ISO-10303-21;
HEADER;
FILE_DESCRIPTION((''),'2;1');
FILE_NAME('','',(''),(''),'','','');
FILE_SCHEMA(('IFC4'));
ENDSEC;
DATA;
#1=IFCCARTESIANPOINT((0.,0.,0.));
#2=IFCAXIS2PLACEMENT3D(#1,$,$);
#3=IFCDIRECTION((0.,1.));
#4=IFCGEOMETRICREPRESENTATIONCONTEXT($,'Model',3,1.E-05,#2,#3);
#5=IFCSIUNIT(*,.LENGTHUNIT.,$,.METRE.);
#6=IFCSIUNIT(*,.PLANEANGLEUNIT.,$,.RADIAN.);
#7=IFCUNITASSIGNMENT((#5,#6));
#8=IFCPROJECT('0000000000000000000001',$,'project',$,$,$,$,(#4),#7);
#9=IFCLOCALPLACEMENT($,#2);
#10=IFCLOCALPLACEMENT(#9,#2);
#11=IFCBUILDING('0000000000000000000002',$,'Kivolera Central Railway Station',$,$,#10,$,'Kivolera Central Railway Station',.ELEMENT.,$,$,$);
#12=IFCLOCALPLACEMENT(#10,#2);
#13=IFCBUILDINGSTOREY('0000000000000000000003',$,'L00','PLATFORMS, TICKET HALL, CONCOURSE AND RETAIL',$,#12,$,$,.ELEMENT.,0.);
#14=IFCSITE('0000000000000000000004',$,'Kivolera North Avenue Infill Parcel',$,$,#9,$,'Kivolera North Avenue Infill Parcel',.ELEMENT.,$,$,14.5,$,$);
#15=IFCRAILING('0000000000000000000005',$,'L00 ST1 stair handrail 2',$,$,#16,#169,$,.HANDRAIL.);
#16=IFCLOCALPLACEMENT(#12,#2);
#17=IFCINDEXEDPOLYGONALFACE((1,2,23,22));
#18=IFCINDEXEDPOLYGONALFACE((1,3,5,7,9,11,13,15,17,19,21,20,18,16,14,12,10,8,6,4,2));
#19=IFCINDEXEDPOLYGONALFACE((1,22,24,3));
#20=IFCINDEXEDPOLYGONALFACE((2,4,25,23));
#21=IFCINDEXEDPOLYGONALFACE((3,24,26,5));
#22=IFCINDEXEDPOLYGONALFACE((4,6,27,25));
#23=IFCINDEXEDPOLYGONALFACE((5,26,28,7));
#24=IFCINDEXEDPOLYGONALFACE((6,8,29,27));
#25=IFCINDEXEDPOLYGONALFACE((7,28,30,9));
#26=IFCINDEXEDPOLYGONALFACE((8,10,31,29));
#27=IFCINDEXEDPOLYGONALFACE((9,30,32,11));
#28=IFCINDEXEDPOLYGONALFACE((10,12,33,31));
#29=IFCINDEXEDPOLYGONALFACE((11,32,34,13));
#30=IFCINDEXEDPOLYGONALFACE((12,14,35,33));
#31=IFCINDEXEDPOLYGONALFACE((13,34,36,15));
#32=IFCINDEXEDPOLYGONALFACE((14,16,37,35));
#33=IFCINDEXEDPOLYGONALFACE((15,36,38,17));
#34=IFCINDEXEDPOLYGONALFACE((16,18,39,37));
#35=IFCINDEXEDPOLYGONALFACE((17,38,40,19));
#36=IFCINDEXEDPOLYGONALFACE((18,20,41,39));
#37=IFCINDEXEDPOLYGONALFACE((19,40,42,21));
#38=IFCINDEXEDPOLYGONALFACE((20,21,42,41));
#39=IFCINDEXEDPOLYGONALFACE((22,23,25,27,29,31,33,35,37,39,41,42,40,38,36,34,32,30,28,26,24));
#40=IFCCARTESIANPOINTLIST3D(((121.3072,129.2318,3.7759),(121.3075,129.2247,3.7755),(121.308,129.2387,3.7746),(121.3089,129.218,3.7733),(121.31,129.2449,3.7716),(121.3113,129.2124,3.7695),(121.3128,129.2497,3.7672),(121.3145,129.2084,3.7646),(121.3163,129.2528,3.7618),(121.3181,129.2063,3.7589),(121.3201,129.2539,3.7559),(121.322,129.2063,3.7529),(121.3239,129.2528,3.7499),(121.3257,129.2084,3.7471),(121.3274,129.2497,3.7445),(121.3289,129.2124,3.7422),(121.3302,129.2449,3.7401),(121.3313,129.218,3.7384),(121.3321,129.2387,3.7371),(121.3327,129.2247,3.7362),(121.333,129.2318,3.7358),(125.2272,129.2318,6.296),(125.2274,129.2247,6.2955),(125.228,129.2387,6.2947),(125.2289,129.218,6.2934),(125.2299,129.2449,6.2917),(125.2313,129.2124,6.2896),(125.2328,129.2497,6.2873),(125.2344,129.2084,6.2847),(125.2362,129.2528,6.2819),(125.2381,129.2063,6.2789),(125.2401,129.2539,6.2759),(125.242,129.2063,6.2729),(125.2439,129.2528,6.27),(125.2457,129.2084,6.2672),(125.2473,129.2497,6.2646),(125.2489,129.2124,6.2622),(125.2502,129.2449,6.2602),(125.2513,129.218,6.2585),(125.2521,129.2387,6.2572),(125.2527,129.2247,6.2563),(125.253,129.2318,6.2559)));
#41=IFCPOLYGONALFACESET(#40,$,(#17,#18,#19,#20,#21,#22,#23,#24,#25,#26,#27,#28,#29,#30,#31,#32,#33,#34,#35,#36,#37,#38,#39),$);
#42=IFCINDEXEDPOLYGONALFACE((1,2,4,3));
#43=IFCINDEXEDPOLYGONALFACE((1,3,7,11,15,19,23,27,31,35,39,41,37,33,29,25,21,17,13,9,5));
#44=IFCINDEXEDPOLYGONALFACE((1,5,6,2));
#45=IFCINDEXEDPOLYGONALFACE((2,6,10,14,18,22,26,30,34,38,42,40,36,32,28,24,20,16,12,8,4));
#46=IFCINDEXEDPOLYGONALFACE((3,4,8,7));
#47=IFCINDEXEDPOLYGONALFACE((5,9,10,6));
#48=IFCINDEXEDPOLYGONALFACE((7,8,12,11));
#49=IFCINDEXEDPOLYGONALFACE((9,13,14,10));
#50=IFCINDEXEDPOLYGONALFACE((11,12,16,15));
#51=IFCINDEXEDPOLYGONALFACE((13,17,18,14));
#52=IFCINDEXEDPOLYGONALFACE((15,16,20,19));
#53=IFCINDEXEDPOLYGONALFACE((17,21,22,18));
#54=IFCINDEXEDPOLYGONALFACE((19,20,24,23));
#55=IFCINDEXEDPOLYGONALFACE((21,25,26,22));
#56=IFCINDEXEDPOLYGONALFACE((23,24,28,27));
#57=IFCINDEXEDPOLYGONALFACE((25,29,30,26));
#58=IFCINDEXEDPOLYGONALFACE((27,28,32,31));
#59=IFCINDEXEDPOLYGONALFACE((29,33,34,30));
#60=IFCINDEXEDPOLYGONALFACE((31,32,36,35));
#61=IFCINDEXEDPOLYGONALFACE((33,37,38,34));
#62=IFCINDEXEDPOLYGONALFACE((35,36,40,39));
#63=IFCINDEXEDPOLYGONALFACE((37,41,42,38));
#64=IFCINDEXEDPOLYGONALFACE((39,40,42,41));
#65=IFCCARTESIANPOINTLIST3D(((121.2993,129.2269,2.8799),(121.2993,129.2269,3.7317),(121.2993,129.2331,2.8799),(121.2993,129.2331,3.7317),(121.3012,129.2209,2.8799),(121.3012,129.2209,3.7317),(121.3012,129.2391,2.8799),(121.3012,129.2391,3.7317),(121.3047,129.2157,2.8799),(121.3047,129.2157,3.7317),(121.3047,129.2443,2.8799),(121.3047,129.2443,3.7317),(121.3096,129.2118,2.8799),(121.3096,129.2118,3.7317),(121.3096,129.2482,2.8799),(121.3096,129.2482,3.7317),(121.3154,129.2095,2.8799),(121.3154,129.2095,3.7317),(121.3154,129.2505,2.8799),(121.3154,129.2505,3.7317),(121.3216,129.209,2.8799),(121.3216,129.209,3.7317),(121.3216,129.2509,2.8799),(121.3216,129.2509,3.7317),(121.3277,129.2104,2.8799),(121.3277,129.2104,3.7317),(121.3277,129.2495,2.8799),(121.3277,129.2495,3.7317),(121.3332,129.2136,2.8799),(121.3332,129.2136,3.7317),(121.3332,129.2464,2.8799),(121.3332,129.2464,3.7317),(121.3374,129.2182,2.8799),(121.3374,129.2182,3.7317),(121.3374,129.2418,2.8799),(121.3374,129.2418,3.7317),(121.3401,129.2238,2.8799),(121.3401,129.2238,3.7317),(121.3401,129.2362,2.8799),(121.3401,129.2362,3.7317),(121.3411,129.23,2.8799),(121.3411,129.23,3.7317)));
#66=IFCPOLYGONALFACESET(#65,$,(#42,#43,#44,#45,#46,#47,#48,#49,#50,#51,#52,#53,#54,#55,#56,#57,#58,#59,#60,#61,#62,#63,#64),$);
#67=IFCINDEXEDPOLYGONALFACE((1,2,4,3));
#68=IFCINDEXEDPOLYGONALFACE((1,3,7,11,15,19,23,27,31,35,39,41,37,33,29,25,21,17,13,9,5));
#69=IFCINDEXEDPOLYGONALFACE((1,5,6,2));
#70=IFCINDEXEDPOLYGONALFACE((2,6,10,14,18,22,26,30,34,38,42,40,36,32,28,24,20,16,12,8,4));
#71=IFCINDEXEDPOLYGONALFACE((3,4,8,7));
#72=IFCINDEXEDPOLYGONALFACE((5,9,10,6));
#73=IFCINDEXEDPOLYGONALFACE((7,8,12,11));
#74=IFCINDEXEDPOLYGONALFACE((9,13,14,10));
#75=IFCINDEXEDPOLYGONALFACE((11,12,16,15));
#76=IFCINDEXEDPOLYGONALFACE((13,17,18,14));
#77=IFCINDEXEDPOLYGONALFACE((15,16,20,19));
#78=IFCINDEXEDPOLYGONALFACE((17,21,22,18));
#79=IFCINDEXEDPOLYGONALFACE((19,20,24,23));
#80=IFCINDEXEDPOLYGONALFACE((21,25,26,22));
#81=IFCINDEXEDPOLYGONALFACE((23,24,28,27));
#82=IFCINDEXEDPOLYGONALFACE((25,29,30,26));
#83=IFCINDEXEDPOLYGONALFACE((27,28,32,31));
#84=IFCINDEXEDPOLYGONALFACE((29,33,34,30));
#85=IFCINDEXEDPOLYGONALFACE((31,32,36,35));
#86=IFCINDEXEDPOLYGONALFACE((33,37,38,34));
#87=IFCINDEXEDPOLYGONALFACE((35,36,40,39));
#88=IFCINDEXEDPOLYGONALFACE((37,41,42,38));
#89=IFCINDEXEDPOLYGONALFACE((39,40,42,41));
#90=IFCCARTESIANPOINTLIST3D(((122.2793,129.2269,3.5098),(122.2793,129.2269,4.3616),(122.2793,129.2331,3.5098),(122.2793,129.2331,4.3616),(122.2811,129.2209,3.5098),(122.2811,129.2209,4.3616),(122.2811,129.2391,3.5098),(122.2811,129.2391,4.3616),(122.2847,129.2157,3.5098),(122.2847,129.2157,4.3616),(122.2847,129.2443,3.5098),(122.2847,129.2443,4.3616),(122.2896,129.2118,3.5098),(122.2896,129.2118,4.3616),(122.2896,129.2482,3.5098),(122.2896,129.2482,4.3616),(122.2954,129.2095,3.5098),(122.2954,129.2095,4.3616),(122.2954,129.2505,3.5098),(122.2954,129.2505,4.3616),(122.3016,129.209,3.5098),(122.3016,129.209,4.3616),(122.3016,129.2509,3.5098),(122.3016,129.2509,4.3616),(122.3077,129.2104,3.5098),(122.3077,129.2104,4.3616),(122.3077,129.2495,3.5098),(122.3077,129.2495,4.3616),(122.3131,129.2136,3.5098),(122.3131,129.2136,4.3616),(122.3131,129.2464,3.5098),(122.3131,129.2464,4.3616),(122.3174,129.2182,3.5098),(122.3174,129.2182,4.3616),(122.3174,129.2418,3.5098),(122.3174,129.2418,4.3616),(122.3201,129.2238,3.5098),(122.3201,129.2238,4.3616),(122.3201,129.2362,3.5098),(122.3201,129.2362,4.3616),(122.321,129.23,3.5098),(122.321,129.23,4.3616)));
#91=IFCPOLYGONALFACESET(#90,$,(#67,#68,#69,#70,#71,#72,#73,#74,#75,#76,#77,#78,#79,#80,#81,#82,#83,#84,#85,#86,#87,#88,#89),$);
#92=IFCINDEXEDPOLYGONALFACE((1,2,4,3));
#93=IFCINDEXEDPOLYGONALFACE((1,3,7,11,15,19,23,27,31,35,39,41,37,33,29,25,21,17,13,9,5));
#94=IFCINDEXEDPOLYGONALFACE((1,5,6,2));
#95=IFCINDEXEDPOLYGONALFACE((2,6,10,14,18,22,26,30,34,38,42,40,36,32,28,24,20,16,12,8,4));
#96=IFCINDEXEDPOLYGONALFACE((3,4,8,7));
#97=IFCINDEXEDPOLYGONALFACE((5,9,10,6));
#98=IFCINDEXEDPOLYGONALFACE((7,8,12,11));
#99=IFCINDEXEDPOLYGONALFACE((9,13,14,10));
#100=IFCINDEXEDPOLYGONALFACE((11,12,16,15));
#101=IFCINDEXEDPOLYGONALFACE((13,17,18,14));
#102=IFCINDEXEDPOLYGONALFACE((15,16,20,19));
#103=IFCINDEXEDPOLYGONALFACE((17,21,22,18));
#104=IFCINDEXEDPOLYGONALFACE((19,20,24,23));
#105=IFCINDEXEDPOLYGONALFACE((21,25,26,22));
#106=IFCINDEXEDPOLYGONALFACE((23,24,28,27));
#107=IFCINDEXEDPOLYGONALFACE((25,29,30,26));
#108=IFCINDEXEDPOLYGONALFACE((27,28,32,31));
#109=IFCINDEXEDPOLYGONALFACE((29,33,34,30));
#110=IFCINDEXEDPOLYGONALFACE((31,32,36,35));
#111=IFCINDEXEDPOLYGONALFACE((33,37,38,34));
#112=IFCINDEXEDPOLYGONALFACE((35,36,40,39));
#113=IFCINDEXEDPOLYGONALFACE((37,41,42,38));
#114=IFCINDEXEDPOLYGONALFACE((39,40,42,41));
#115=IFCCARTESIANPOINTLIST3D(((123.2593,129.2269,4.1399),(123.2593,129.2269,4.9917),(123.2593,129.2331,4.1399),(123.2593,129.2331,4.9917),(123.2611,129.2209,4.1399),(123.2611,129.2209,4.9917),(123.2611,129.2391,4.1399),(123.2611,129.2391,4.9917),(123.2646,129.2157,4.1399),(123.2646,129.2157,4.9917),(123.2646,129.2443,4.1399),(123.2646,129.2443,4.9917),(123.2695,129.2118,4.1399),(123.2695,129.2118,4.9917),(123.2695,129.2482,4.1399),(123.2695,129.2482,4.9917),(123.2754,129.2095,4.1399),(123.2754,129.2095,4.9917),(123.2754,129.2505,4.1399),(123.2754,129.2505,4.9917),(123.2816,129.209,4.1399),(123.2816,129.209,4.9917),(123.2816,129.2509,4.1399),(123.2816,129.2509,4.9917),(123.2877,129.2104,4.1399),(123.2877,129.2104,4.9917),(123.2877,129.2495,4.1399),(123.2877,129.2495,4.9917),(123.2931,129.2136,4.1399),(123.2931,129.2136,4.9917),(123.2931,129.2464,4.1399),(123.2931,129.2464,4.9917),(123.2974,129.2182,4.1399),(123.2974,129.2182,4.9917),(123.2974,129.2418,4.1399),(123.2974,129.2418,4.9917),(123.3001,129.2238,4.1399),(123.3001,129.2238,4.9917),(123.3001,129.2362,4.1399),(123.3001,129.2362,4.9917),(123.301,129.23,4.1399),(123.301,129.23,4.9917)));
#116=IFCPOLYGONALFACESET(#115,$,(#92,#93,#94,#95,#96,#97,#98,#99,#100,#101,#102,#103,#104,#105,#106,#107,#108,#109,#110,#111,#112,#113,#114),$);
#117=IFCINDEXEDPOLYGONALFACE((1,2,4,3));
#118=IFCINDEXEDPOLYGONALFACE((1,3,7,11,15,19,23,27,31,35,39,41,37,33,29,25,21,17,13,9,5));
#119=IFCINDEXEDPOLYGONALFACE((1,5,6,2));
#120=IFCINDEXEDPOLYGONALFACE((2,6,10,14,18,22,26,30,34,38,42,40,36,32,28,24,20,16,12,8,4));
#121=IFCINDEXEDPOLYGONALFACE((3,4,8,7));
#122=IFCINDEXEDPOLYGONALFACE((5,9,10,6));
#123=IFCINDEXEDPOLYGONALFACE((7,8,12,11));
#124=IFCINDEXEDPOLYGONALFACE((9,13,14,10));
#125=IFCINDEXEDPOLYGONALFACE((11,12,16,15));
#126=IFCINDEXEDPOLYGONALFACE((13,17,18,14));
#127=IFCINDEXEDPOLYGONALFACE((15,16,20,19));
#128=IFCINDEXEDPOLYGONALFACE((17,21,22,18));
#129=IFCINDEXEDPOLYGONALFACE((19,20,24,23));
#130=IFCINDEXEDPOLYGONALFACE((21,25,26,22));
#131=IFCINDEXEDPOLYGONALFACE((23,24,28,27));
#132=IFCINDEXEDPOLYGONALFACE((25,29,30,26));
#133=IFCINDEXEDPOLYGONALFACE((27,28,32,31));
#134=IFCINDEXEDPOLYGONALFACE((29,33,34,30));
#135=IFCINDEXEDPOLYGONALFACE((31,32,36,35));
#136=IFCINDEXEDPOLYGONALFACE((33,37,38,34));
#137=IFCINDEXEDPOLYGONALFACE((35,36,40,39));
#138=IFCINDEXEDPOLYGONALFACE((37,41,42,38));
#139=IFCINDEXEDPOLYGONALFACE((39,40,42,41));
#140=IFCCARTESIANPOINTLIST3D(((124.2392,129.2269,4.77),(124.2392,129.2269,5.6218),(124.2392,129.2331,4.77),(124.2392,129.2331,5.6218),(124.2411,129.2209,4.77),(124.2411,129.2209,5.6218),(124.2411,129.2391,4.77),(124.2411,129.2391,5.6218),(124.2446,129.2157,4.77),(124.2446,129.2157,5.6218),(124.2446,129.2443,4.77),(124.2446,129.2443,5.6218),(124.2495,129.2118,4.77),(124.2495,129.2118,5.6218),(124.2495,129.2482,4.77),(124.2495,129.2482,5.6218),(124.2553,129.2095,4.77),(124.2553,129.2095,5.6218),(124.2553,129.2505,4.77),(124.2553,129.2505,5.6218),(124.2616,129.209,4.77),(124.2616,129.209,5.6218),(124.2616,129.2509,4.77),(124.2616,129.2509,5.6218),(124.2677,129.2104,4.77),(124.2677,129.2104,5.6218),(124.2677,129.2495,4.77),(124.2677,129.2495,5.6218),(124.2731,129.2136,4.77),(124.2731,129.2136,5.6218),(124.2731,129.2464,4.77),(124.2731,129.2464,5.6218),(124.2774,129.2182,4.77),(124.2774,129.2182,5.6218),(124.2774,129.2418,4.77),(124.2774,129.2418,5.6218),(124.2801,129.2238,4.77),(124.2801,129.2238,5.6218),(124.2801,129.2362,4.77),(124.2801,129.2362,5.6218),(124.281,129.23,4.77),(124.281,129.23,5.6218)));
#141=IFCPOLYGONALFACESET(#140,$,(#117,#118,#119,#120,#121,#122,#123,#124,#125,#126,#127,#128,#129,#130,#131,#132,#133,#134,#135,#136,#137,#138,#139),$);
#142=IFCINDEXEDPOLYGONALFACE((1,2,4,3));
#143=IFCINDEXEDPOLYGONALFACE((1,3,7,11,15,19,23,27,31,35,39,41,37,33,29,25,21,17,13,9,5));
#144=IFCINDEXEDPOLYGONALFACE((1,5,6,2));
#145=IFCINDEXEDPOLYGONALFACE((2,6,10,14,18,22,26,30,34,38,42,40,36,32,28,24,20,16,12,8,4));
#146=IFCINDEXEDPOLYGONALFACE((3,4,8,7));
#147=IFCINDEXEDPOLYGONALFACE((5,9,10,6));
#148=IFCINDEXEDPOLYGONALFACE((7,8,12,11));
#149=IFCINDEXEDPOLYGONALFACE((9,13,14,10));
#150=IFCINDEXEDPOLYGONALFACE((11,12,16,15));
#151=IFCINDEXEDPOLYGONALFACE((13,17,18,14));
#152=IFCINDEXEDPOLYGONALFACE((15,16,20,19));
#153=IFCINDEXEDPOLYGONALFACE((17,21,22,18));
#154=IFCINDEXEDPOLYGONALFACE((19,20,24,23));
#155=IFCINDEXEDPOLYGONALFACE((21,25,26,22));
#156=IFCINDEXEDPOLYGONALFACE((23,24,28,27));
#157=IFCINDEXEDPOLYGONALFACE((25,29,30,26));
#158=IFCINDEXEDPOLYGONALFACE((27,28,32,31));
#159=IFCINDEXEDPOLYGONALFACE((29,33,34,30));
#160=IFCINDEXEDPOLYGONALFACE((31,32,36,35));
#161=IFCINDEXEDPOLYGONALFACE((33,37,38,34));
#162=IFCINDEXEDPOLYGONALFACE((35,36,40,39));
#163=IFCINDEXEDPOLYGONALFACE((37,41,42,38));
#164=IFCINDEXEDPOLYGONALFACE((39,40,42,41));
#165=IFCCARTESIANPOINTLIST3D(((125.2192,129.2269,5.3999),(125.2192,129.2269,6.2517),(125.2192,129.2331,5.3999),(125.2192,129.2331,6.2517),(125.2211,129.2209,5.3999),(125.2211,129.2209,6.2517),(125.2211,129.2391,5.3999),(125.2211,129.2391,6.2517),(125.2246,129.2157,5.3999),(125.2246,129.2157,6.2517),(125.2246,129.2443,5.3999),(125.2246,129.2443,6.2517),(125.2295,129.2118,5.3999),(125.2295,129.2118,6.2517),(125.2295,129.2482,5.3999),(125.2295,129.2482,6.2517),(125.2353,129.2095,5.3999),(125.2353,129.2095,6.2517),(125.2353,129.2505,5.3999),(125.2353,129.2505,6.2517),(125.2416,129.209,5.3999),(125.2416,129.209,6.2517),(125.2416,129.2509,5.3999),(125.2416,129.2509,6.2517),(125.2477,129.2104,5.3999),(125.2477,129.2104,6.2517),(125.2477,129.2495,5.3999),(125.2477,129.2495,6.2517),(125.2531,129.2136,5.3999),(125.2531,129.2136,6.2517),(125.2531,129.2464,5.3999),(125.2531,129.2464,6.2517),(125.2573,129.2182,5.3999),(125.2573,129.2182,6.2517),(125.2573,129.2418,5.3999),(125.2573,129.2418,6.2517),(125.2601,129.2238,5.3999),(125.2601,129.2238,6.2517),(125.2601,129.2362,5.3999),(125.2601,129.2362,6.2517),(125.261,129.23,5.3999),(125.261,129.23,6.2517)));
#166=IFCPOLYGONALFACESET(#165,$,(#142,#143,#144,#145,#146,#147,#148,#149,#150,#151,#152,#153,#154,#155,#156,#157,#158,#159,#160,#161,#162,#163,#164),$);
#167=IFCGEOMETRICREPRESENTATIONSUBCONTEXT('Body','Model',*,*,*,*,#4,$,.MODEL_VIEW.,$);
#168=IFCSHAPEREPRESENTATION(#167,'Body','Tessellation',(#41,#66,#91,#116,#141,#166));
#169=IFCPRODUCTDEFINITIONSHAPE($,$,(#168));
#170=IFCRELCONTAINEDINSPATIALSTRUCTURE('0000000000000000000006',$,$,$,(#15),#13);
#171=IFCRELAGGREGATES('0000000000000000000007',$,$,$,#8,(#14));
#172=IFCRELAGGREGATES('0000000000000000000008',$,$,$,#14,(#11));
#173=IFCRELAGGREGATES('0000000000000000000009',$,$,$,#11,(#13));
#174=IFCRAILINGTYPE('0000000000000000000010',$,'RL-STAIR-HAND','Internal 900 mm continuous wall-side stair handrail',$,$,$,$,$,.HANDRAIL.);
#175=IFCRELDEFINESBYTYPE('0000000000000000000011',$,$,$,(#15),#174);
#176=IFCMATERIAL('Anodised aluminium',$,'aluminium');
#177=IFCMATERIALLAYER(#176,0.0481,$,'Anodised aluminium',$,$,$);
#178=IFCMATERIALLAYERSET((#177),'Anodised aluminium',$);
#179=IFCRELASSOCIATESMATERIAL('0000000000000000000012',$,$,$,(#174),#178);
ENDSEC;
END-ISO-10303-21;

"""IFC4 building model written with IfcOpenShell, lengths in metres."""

from ifc_helpers import new_model, si_unit, direction, frame, origin, origin_2d, place, context, subcontext, project, spatial, circle, extrude, material, layer, layer_set, type_object, element, save


model = new_model("IFC4")

# Units and contexts
model_context = context("Model", 3, precision=1e-05, world=origin(), true_north=direction((0.0, 1.0)))
body_context = subcontext(model_context, "Body", "Model", "MODEL_VIEW")
ifc_project = project(units=[si_unit("LENGTHUNIT", "METRE"), si_unit("PLANEANGLEUNIT", "RADIAN")], contexts=[model_context])

# Site, building, storey
site_placement = place(None, origin())
site = spatial("IfcSite", under=ifc_project, at=site_placement, Name="Kivolera North Avenue Infill Parcel", LongName="Kivolera North Avenue Infill Parcel", CompositionType="ELEMENT", RefElevation=14.5)
building_placement = place(site_placement, origin())
building = spatial("IfcBuilding", under=site, at=building_placement, Name="Kivolera Central Railway Station", LongName="Kivolera Central Railway Station", CompositionType="ELEMENT")
storey_placement = place(building_placement, origin())
storey = spatial("IfcBuildingStorey", under=building, at=storey_placement, Name="L00", Description="PLATFORMS, TICKET HALL, CONCOURSE AND RETAIL", CompositionType="ELEMENT", Elevation=0.0)

# Shared definitions
ifc_material_1 = material(Name="Anodised aluminium", Category="aluminium")

# Railing
ifc_layer_1 = layer(ifc_material_1, 0.0481, Name="Anodised aluminium")
ifc_layer_set_1 = layer_set([ifc_layer_1], Name="Anodised aluminium")
railing_type = type_object("IfcRailingType", Name="RL-STAIR-HAND", Description="Internal 900 mm continuous wall-side stair handrail", PredefinedType="HANDRAIL", material=ifc_layer_set_1)
railing_placement = place(storey_placement, frame((121.3201, 129.23, 2.8799)))
element("IfcRailing", 1, at=railing_placement, inside=storey, type_object=railing_type, Name="L00 ST1 stair handrail 2", PredefinedType="HANDRAIL", context=body_context, shape_type="SweptSolid", body=[
    extrude(circle(Radius=0.0239, at=origin_2d()), frame((0.0, 0.0, 0.876), z_axis=(0.841172, 0.0, 0.540768), x_axis=(0.0, 1.0, 0.0)), (0.0, 0.0, 1.0), 4.6602),
    extrude(circle(Radius=0.021, at=origin_2d()), origin(), (0.0, 0.0, 1.0), 0.8518),
    extrude(circle(Radius=0.021, at=origin_2d()), frame((0.98, 0.0, 0.6299)), (0.0, 0.0, 1.0), 0.8518),
    extrude(circle(Radius=0.021, at=origin_2d()), frame((1.96, 0.0, 1.26)), (0.0, 0.0, 1.0), 0.8518),
    extrude(circle(Radius=0.021, at=origin_2d()), frame((2.9399, 0.0, 1.8901)), (0.0, 0.0, 1.0), 0.8518),
    extrude(circle(Radius=0.021, at=origin_2d()), frame((3.9199, 0.0, 2.52)), (0.0, 0.0, 1.0), 0.8518),
])

save(model, "model.ifc")
